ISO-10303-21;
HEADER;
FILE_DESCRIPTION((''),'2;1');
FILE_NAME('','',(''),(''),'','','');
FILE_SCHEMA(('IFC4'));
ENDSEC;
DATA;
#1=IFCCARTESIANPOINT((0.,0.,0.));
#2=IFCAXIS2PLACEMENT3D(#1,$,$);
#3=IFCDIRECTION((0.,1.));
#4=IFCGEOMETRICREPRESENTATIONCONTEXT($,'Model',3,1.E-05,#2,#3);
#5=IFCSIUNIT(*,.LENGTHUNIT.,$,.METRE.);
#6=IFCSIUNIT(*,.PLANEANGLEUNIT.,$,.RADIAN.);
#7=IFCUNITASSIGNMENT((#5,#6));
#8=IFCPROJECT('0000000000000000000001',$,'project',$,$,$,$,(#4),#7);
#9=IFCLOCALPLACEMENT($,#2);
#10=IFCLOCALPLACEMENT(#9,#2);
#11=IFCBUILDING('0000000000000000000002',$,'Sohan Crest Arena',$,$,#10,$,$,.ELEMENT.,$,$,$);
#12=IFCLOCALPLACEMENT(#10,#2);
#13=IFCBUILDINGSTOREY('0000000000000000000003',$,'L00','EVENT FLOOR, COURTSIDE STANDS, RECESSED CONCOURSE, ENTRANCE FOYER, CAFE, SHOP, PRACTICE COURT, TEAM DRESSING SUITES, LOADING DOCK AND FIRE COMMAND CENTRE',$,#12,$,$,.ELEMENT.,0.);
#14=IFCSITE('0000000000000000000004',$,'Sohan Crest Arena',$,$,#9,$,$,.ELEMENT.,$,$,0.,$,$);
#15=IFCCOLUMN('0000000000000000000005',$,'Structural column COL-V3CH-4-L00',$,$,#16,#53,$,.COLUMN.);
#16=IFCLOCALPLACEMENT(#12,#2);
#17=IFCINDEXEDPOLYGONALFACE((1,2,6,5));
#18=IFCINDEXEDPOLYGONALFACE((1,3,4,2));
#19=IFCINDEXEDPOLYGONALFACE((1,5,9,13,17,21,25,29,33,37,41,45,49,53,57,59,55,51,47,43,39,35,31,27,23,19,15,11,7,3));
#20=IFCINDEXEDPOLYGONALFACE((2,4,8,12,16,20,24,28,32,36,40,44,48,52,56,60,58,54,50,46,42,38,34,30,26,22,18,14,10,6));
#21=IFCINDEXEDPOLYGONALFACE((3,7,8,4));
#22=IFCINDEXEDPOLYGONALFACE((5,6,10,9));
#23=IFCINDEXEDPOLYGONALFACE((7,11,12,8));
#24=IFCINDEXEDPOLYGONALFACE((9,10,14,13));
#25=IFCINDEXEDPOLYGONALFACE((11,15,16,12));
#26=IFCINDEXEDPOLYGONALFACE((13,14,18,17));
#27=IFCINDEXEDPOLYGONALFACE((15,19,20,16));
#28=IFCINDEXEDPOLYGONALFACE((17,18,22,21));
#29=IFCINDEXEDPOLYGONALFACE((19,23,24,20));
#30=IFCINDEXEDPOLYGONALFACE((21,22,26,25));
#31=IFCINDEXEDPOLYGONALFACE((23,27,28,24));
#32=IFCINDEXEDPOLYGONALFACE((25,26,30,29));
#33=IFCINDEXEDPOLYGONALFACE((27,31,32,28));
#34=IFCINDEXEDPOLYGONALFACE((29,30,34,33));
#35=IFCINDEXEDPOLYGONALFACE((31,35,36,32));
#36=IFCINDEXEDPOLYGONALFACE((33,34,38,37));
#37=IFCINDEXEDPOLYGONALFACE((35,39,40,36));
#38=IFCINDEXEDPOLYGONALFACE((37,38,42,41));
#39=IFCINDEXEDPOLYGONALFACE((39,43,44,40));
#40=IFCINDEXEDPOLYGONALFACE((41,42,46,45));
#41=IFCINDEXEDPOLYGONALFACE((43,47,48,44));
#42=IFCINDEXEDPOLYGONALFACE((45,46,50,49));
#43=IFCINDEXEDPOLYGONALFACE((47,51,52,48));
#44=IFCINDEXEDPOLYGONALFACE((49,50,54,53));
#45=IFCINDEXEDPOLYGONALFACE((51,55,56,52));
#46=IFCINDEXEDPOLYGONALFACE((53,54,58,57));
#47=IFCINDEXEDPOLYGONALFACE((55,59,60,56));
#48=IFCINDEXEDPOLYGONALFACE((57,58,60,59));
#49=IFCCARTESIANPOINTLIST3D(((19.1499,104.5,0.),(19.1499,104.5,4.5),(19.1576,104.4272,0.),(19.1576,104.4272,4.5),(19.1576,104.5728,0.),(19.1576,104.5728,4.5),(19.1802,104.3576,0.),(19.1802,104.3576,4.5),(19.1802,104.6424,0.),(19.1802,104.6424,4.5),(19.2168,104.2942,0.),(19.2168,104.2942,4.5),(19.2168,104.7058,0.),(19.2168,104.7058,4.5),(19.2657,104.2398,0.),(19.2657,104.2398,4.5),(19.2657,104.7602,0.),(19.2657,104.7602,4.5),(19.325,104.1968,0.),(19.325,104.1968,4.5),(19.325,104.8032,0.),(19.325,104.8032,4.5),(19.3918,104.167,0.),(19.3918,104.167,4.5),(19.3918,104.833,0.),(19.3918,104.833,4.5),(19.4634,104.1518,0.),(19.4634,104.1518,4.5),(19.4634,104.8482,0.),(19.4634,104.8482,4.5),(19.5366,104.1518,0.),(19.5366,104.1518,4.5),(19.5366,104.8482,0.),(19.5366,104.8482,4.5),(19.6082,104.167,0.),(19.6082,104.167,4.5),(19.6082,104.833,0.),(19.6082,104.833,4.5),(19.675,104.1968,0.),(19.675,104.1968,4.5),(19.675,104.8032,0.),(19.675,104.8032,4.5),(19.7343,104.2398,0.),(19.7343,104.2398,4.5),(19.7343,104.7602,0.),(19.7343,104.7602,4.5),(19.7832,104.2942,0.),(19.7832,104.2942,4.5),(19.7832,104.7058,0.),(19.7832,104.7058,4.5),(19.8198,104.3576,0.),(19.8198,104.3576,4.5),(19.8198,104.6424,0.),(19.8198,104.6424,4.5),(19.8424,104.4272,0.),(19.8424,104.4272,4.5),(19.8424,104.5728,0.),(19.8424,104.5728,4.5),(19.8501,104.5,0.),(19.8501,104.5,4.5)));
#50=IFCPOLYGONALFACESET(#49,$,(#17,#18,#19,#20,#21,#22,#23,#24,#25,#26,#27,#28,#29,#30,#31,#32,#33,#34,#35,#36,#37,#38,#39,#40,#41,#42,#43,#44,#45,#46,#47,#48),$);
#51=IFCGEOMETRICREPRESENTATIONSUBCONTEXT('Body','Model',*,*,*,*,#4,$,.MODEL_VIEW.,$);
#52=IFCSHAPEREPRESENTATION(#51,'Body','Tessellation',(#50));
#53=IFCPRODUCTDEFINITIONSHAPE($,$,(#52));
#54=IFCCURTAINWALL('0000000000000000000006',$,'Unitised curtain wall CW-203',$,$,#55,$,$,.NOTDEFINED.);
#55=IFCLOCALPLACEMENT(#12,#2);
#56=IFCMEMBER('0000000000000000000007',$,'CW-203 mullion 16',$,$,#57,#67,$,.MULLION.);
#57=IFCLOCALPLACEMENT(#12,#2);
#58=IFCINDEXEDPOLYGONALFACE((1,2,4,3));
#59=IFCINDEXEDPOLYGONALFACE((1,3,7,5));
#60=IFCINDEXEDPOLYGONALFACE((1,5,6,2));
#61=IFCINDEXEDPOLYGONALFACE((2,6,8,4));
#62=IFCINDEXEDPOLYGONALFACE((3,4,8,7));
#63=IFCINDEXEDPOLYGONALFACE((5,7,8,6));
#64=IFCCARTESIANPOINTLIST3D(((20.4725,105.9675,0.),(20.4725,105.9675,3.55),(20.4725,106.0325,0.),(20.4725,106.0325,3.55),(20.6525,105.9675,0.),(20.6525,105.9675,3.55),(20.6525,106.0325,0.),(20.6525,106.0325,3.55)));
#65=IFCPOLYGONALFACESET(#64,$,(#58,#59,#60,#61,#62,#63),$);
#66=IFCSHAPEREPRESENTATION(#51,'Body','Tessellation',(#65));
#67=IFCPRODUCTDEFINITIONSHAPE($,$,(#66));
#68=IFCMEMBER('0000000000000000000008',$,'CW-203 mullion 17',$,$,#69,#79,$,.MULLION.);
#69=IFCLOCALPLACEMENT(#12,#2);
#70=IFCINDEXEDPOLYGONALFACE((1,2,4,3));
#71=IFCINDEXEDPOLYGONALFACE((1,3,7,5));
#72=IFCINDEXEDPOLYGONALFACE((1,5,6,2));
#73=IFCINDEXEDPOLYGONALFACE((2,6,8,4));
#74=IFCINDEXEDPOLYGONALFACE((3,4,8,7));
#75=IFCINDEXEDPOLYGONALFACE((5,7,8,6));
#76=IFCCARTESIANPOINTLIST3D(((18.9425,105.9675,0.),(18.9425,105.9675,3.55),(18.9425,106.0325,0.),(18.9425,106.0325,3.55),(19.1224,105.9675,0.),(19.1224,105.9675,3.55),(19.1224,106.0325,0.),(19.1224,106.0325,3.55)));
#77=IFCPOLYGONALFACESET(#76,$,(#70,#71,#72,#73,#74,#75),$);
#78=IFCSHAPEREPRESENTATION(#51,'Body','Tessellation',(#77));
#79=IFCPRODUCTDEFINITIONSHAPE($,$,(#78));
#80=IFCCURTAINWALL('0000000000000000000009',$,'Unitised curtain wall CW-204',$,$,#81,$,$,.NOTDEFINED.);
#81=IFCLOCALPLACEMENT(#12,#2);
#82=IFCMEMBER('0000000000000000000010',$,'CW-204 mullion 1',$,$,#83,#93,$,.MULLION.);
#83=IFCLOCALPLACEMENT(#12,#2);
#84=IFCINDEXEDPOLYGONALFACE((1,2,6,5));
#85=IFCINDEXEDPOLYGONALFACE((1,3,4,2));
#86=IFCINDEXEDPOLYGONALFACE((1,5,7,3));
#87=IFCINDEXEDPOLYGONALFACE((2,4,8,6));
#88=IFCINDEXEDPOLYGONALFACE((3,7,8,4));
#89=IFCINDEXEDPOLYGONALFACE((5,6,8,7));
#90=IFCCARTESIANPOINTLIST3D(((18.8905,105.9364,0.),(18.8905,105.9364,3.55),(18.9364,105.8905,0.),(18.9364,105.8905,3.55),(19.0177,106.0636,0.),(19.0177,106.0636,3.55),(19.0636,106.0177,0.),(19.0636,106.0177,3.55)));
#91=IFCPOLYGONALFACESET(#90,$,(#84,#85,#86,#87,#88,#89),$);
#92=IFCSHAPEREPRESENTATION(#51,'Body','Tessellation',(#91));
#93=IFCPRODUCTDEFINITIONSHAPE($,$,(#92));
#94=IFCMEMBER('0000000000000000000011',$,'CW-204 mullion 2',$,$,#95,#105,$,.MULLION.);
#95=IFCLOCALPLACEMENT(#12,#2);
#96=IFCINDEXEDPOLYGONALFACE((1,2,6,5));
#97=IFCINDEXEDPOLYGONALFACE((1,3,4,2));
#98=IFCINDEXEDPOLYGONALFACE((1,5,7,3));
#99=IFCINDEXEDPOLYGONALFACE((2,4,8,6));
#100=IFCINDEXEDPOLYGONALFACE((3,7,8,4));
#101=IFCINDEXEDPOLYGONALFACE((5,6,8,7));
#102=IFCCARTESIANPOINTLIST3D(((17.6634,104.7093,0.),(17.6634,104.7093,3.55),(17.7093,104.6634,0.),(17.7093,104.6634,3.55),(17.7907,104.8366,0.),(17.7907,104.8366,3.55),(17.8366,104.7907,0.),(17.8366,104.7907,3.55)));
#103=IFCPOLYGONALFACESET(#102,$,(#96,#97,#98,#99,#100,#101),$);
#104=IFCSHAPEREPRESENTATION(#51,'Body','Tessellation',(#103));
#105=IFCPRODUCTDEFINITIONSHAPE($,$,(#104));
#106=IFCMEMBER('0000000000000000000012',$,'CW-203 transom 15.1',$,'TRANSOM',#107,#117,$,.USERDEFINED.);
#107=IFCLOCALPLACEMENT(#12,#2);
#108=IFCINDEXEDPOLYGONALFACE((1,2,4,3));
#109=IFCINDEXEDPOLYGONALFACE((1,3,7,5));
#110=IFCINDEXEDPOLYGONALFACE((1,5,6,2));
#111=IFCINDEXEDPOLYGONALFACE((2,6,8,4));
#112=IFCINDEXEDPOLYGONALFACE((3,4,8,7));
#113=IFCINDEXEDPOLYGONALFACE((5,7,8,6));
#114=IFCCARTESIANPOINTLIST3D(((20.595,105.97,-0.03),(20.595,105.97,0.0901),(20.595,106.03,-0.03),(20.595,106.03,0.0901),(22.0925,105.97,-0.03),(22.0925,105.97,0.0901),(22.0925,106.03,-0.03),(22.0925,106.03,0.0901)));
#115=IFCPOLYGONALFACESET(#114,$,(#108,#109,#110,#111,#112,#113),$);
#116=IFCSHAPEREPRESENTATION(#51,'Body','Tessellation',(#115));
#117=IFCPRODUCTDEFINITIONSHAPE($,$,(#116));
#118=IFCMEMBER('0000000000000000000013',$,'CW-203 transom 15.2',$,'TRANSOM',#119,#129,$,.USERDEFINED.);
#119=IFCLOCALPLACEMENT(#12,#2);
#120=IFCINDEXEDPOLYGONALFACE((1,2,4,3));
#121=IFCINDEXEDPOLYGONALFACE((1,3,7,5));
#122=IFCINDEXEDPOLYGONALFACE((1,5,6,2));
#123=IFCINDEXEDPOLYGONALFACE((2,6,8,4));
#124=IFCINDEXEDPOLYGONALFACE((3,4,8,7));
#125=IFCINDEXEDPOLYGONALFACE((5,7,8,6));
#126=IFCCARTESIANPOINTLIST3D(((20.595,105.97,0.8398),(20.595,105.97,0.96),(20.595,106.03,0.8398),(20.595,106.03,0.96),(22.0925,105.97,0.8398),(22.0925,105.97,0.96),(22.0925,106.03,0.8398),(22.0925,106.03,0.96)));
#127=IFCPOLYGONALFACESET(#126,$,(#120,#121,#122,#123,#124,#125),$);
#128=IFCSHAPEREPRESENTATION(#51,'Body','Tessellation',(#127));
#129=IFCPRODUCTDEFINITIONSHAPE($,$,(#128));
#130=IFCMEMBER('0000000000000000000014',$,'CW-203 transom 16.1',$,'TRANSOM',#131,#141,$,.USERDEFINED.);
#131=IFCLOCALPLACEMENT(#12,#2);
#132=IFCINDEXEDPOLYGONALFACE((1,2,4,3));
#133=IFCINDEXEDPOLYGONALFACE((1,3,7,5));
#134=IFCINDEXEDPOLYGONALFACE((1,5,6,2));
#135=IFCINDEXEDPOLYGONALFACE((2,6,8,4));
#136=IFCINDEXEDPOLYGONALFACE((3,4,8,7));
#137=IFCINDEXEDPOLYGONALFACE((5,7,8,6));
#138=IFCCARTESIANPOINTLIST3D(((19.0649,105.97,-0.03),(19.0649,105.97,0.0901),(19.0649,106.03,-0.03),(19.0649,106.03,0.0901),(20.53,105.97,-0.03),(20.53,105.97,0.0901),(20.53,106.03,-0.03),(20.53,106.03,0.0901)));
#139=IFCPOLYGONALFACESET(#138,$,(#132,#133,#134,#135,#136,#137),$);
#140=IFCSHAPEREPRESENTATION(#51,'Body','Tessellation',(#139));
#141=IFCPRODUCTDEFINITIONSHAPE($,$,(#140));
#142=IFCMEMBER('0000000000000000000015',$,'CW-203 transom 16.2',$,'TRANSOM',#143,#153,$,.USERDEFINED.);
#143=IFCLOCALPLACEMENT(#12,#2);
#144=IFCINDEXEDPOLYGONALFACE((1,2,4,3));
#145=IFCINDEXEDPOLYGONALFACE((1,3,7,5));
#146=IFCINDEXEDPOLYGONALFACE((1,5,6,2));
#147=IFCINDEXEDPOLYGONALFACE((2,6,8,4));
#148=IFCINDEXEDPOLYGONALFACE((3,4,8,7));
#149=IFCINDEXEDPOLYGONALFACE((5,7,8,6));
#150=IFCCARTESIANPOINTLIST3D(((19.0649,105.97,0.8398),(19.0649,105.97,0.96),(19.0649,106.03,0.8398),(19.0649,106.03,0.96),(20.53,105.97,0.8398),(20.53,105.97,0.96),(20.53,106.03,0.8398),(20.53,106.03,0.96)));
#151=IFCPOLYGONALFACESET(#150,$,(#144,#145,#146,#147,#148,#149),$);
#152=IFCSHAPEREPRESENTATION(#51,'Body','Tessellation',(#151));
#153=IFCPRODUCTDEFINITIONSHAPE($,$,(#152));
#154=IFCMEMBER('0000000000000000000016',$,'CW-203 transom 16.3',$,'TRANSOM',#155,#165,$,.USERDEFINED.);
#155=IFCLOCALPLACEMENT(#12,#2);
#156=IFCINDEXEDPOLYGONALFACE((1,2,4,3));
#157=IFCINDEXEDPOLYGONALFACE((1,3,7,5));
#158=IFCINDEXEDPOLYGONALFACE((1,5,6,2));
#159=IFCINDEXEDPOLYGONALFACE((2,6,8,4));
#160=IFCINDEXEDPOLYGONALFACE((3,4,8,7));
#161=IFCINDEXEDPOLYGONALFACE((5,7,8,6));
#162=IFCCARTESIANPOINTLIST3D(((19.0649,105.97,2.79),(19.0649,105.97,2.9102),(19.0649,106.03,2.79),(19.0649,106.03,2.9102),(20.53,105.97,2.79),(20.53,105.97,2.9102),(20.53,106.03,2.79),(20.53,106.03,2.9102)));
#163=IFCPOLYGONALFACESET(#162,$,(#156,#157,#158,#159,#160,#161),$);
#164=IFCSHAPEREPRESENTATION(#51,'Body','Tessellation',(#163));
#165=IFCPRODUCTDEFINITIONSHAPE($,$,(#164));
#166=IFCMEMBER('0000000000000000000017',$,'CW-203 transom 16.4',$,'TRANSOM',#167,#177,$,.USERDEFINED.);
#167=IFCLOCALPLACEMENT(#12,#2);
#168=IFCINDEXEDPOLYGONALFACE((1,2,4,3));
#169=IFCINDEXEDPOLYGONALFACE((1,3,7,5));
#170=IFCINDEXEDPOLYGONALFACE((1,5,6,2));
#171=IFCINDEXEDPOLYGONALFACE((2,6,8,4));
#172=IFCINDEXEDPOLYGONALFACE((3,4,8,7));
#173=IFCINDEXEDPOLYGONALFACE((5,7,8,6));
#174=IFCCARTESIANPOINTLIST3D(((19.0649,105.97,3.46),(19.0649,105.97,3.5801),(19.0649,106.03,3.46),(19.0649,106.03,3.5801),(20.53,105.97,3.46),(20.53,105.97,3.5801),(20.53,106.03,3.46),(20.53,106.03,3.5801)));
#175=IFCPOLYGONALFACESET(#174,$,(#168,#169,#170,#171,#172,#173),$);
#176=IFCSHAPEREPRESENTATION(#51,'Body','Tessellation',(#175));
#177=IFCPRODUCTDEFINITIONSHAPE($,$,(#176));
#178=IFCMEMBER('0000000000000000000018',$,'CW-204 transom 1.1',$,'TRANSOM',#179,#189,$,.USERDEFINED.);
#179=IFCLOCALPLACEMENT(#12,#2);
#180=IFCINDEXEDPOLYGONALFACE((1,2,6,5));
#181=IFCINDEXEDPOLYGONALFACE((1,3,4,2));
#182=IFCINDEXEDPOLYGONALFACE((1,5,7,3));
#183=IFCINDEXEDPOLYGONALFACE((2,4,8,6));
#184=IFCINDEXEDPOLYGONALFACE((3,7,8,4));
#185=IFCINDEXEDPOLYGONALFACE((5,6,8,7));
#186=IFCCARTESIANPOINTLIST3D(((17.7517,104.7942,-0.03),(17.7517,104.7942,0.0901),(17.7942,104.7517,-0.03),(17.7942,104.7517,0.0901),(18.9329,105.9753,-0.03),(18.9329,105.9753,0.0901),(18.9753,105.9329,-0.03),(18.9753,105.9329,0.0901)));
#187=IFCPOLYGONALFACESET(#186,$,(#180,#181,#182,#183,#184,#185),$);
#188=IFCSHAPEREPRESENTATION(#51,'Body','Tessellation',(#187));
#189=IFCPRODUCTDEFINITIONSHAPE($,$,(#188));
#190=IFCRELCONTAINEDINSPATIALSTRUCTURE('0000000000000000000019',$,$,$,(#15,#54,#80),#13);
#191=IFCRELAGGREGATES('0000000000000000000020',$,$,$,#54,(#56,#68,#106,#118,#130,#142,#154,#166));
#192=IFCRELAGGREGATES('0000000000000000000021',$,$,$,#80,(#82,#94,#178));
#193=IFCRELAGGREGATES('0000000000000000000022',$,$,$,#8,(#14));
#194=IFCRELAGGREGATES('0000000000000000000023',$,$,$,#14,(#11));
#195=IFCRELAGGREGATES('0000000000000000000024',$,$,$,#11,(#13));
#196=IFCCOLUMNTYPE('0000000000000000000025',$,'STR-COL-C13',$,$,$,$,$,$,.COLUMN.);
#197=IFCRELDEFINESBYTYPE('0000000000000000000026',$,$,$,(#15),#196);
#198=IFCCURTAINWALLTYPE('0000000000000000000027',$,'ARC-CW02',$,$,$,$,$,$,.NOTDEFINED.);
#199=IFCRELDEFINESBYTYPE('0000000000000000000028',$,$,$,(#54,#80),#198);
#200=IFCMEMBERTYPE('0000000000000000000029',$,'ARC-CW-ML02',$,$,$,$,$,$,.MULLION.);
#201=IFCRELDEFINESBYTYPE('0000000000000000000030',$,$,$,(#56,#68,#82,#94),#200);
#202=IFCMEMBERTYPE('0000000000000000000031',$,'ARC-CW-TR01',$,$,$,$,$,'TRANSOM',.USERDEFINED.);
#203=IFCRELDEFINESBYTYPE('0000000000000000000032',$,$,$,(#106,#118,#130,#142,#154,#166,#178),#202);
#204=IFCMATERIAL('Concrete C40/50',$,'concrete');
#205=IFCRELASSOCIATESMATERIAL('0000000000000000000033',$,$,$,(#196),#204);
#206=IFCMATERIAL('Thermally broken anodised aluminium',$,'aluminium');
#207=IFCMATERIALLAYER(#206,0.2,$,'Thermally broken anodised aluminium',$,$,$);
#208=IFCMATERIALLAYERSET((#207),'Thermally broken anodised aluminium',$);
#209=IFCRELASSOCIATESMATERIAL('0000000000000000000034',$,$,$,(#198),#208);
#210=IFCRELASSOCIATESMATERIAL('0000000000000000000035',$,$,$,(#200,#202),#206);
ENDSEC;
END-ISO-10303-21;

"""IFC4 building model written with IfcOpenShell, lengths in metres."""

from ifc_helpers import new_model, si_unit, direction, frame, origin, origin_2d, place, context, subcontext, project, spatial, rectangle, circle, extrude, material, layer, layer_set, material_profile, profile_set, type_object, element, aggregate, save


model = new_model("IFC4")

# Units and contexts
model_context = context("Model", 3, precision=1e-05, world=origin(), true_north=direction((0.0, 1.0)))
body_context = subcontext(model_context, "Body", "Model", "MODEL_VIEW")
ifc_project = project(units=[si_unit("LENGTHUNIT", "METRE"), si_unit("PLANEANGLEUNIT", "RADIAN")], contexts=[model_context])

# Site, building, storey
site_placement = place(None, origin())
site = spatial("IfcSite", under=ifc_project, at=site_placement, Name="Sohan Crest Arena", CompositionType="ELEMENT", RefElevation=0.0)
building_placement = place(site_placement, origin())
building = spatial("IfcBuilding", under=site, at=building_placement, Name="Sohan Crest Arena", CompositionType="ELEMENT")
storey_placement = place(building_placement, origin())
storey = spatial("IfcBuildingStorey", under=building, at=storey_placement, Name="L00", Description="EVENT FLOOR, COURTSIDE STANDS, RECESSED CONCOURSE, ENTRANCE FOYER, CAFE, SHOP, PRACTICE COURT, TEAM DRESSING SUITES, LOADING DOCK AND FIRE COMMAND CENTRE", CompositionType="ELEMENT", Elevation=0.0)

# Column
ifc_material_1 = material(Name="Concrete C40/50", Category="concrete")
ifc_material_profile_1 = material_profile(ifc_material_1, circle(Radius=0.3501, at=origin_2d()), Name="RC D700")
ifc_profile_set_1 = profile_set([ifc_material_profile_1], Name="Concrete C40/50")
column_type = type_object("IfcColumnType", Name="STR-COL-C13", PredefinedType="COLUMN", material=ifc_profile_set_1)
column_placement = place(storey_placement, frame((19.5, 104.5, 0.0), z_axis=(0.0, 0.0, 1.0), x_axis=(1.0, 0.0, 0.0)))
element("IfcColumn", 1, at=column_placement, inside=storey, type_object=column_type, Name="Structural column COL-V3CH-4-L00", PredefinedType="COLUMN", context=body_context, shape_type="SweptSolid", body=[
    extrude(circle(Radius=0.3501, at=origin_2d()), origin(), (0.0, 0.0, 1.0), 4.5),
])

# Curtain walls, members
ifc_material_2 = material(Name="Thermally broken anodised aluminium", Category="aluminium")
ifc_layer_1 = layer(ifc_material_2, 0.2, Name="Thermally broken anodised aluminium")
ifc_layer_set_1 = layer_set([ifc_layer_1], Name="Thermally broken anodised aluminium")
curtain_wall_type = type_object("IfcCurtainWallType", Name="ARC-CW02", PredefinedType="NOTDEFINED", material=ifc_layer_set_1)
curtain_wall_1_placement = place(storey_placement, origin())
curtain_wall_1 = element("IfcCurtainWall", 2, at=curtain_wall_1_placement, inside=storey, type_object=curtain_wall_type, Name="Unitised curtain wall CW-203", PredefinedType="NOTDEFINED")
ifc_material_profile_2 = material_profile(ifc_material_2, rectangle(XDim=0.0649, YDim=0.1799, at=origin_2d()), Name="ALU-MULL 65x180")
ifc_profile_set_2 = profile_set([ifc_material_profile_2], Name="Thermally broken anodised aluminium")
member_type_1 = type_object("IfcMemberType", Name="ARC-CW-ML02", PredefinedType="MULLION", material=ifc_profile_set_2)
member_1_placement = place(storey_placement, frame((20.5625, 106.0, 0.0), z_axis=(0.0, 0.0, 1.0), x_axis=(0.0, -1.0, 0.0)))
member_1 = element("IfcMember", 3, at=member_1_placement, type_object=member_type_1, Name="CW-203 mullion 16", PredefinedType="MULLION", context=body_context, shape_type="SweptSolid", body=[
    extrude(rectangle(XDim=0.0649, YDim=0.1799, at=origin_2d()), origin(), (0.0, 0.0, 1.0), 3.55),
])
member_2_placement = place(storey_placement, frame((19.0325, 106.0, 0.0), z_axis=(0.0, 0.0, 1.0), x_axis=(0.0, -1.0, 0.0)))
member_2 = element("IfcMember", 4, at=member_2_placement, type_object=member_type_1, Name="CW-203 mullion 17", PredefinedType="MULLION", context=body_context, shape_type="SweptSolid", body=[
    extrude(rectangle(XDim=0.0649, YDim=0.1799, at=origin_2d()), origin(), (0.0, 0.0, 1.0), 3.55),
])
curtain_wall_2_placement = place(storey_placement, origin())
curtain_wall_2 = element("IfcCurtainWall", 5, at=curtain_wall_2_placement, inside=storey, type_object=curtain_wall_type, Name="Unitised curtain wall CW-204", PredefinedType="NOTDEFINED")
member_3_placement = place(storey_placement, frame((18.9771, 105.9771, 0.0), z_axis=(0.0, 0.0, 1.0), x_axis=(0.707107, -0.707107, 0.0)))
member_3 = element("IfcMember", 6, at=member_3_placement, type_object=member_type_1, Name="CW-204 mullion 1", PredefinedType="MULLION", context=body_context, shape_type="SweptSolid", body=[
    extrude(rectangle(XDim=0.0649, YDim=0.1799, at=origin_2d()), origin(), (0.0, 0.0, 1.0), 3.55),
])
member_4_placement = place(storey_placement, frame((17.75, 104.75, 0.0), z_axis=(0.0, 0.0, 1.0), x_axis=(0.707107, -0.707107, 0.0)))
member_4 = element("IfcMember", 7, at=member_4_placement, type_object=member_type_1, Name="CW-204 mullion 2", PredefinedType="MULLION", context=body_context, shape_type="SweptSolid", body=[
    extrude(rectangle(XDim=0.0649, YDim=0.1799, at=origin_2d()), origin(), (0.0, 0.0, 1.0), 3.55),
])

# Members
ifc_material_profile_3 = material_profile(ifc_material_2, rectangle(XDim=0.0601, YDim=0.1201, at=origin_2d()), Name="ALU-TRAN 60x120")
ifc_profile_set_3 = profile_set([ifc_material_profile_3], Name="Thermally broken anodised aluminium")
member_type_2 = type_object("IfcMemberType", Name="ARC-CW-TR01", ElementType="TRANSOM", PredefinedType="USERDEFINED", material=ifc_profile_set_3)
member_5_placement = place(storey_placement, frame((22.0925, 106.0, 0.03), z_axis=(-1.0, 0.0, 0.0), x_axis=(0.0, -1.0, 0.0)))
member_5 = element("IfcMember", 8, at=member_5_placement, type_object=member_type_2, Name="CW-203 transom 15.1", ObjectType="TRANSOM", PredefinedType="USERDEFINED", context=body_context, shape_type="SweptSolid", body=[
    extrude(rectangle(XDim=0.0601, YDim=0.1201, at=origin_2d()), origin(), (0.0, 0.0, 1.0), 1.4976),
])
member_6_placement = place(storey_placement, frame((22.0925, 106.0, 0.8999), z_axis=(-1.0, 0.0, 0.0), x_axis=(0.0, -1.0, 0.0)))
member_6 = element("IfcMember", 9, at=member_6_placement, type_object=member_type_2, Name="CW-203 transom 15.2", ObjectType="TRANSOM", PredefinedType="USERDEFINED", context=body_context, shape_type="SweptSolid", body=[
    extrude(rectangle(XDim=0.0601, YDim=0.1201, at=origin_2d()), origin(), (0.0, 0.0, 1.0), 1.4976),
])
member_7_placement = place(storey_placement, frame((20.53, 106.0, 0.03), z_axis=(-1.0, 0.0, 0.0), x_axis=(0.0, -1.0, 0.0)))
member_7 = element("IfcMember", 10, at=member_7_placement, type_object=member_type_2, Name="CW-203 transom 16.1", ObjectType="TRANSOM", PredefinedType="USERDEFINED", context=body_context, shape_type="SweptSolid", body=[
    extrude(rectangle(XDim=0.0601, YDim=0.1201, at=origin_2d()), origin(), (0.0, 0.0, 1.0), 1.4651),
])
member_8_placement = place(storey_placement, frame((20.53, 106.0, 0.8999), z_axis=(-1.0, 0.0, 0.0), x_axis=(0.0, -1.0, 0.0)))
member_8 = element("IfcMember", 11, at=member_8_placement, type_object=member_type_2, Name="CW-203 transom 16.2", ObjectType="TRANSOM", PredefinedType="USERDEFINED", context=body_context, shape_type="SweptSolid", body=[
    extrude(rectangle(XDim=0.0601, YDim=0.1201, at=origin_2d()), origin(), (0.0, 0.0, 1.0), 1.4651),
])
member_9_placement = place(storey_placement, frame((20.53, 106.0, 2.8501), z_axis=(-1.0, 0.0, 0.0), x_axis=(0.0, -1.0, 0.0)))
member_9 = element("IfcMember", 12, at=member_9_placement, type_object=member_type_2, Name="CW-203 transom 16.3", ObjectType="TRANSOM", PredefinedType="USERDEFINED", context=body_context, shape_type="SweptSolid", body=[
    extrude(rectangle(XDim=0.0601, YDim=0.1201, at=origin_2d()), origin(), (0.0, 0.0, 1.0), 1.4651),
])
member_10_placement = place(storey_placement, frame((20.53, 106.0, 3.52), z_axis=(-1.0, 0.0, 0.0), x_axis=(0.0, -1.0, 0.0)))
member_10 = element("IfcMember", 13, at=member_10_placement, type_object=member_type_2, Name="CW-203 transom 16.4", ObjectType="TRANSOM", PredefinedType="USERDEFINED", context=body_context, shape_type="SweptSolid", body=[
    extrude(rectangle(XDim=0.0601, YDim=0.1201, at=origin_2d()), origin(), (0.0, 0.0, 1.0), 1.4651),
])
member_11_placement = place(storey_placement, frame((18.9541, 105.9541, 0.03), z_axis=(-0.707107, -0.707107, 0.0), x_axis=(0.707107, -0.707107, 0.0)))
member_11 = element("IfcMember", 14, at=member_11_placement, type_object=member_type_2, Name="CW-204 transom 1.1", ObjectType="TRANSOM", PredefinedType="USERDEFINED", context=body_context, shape_type="SweptSolid", body=[
    extrude(rectangle(XDim=0.0601, YDim=0.1201, at=origin_2d()), origin(), (0.0, 0.0, 1.0), 1.6704),
])

aggregate(curtain_wall_1, [member_1, member_2, member_5, member_6, member_7, member_8, member_9, member_10])
aggregate(curtain_wall_2, [member_3, member_4, member_11])

save(model, "model.ifc")
